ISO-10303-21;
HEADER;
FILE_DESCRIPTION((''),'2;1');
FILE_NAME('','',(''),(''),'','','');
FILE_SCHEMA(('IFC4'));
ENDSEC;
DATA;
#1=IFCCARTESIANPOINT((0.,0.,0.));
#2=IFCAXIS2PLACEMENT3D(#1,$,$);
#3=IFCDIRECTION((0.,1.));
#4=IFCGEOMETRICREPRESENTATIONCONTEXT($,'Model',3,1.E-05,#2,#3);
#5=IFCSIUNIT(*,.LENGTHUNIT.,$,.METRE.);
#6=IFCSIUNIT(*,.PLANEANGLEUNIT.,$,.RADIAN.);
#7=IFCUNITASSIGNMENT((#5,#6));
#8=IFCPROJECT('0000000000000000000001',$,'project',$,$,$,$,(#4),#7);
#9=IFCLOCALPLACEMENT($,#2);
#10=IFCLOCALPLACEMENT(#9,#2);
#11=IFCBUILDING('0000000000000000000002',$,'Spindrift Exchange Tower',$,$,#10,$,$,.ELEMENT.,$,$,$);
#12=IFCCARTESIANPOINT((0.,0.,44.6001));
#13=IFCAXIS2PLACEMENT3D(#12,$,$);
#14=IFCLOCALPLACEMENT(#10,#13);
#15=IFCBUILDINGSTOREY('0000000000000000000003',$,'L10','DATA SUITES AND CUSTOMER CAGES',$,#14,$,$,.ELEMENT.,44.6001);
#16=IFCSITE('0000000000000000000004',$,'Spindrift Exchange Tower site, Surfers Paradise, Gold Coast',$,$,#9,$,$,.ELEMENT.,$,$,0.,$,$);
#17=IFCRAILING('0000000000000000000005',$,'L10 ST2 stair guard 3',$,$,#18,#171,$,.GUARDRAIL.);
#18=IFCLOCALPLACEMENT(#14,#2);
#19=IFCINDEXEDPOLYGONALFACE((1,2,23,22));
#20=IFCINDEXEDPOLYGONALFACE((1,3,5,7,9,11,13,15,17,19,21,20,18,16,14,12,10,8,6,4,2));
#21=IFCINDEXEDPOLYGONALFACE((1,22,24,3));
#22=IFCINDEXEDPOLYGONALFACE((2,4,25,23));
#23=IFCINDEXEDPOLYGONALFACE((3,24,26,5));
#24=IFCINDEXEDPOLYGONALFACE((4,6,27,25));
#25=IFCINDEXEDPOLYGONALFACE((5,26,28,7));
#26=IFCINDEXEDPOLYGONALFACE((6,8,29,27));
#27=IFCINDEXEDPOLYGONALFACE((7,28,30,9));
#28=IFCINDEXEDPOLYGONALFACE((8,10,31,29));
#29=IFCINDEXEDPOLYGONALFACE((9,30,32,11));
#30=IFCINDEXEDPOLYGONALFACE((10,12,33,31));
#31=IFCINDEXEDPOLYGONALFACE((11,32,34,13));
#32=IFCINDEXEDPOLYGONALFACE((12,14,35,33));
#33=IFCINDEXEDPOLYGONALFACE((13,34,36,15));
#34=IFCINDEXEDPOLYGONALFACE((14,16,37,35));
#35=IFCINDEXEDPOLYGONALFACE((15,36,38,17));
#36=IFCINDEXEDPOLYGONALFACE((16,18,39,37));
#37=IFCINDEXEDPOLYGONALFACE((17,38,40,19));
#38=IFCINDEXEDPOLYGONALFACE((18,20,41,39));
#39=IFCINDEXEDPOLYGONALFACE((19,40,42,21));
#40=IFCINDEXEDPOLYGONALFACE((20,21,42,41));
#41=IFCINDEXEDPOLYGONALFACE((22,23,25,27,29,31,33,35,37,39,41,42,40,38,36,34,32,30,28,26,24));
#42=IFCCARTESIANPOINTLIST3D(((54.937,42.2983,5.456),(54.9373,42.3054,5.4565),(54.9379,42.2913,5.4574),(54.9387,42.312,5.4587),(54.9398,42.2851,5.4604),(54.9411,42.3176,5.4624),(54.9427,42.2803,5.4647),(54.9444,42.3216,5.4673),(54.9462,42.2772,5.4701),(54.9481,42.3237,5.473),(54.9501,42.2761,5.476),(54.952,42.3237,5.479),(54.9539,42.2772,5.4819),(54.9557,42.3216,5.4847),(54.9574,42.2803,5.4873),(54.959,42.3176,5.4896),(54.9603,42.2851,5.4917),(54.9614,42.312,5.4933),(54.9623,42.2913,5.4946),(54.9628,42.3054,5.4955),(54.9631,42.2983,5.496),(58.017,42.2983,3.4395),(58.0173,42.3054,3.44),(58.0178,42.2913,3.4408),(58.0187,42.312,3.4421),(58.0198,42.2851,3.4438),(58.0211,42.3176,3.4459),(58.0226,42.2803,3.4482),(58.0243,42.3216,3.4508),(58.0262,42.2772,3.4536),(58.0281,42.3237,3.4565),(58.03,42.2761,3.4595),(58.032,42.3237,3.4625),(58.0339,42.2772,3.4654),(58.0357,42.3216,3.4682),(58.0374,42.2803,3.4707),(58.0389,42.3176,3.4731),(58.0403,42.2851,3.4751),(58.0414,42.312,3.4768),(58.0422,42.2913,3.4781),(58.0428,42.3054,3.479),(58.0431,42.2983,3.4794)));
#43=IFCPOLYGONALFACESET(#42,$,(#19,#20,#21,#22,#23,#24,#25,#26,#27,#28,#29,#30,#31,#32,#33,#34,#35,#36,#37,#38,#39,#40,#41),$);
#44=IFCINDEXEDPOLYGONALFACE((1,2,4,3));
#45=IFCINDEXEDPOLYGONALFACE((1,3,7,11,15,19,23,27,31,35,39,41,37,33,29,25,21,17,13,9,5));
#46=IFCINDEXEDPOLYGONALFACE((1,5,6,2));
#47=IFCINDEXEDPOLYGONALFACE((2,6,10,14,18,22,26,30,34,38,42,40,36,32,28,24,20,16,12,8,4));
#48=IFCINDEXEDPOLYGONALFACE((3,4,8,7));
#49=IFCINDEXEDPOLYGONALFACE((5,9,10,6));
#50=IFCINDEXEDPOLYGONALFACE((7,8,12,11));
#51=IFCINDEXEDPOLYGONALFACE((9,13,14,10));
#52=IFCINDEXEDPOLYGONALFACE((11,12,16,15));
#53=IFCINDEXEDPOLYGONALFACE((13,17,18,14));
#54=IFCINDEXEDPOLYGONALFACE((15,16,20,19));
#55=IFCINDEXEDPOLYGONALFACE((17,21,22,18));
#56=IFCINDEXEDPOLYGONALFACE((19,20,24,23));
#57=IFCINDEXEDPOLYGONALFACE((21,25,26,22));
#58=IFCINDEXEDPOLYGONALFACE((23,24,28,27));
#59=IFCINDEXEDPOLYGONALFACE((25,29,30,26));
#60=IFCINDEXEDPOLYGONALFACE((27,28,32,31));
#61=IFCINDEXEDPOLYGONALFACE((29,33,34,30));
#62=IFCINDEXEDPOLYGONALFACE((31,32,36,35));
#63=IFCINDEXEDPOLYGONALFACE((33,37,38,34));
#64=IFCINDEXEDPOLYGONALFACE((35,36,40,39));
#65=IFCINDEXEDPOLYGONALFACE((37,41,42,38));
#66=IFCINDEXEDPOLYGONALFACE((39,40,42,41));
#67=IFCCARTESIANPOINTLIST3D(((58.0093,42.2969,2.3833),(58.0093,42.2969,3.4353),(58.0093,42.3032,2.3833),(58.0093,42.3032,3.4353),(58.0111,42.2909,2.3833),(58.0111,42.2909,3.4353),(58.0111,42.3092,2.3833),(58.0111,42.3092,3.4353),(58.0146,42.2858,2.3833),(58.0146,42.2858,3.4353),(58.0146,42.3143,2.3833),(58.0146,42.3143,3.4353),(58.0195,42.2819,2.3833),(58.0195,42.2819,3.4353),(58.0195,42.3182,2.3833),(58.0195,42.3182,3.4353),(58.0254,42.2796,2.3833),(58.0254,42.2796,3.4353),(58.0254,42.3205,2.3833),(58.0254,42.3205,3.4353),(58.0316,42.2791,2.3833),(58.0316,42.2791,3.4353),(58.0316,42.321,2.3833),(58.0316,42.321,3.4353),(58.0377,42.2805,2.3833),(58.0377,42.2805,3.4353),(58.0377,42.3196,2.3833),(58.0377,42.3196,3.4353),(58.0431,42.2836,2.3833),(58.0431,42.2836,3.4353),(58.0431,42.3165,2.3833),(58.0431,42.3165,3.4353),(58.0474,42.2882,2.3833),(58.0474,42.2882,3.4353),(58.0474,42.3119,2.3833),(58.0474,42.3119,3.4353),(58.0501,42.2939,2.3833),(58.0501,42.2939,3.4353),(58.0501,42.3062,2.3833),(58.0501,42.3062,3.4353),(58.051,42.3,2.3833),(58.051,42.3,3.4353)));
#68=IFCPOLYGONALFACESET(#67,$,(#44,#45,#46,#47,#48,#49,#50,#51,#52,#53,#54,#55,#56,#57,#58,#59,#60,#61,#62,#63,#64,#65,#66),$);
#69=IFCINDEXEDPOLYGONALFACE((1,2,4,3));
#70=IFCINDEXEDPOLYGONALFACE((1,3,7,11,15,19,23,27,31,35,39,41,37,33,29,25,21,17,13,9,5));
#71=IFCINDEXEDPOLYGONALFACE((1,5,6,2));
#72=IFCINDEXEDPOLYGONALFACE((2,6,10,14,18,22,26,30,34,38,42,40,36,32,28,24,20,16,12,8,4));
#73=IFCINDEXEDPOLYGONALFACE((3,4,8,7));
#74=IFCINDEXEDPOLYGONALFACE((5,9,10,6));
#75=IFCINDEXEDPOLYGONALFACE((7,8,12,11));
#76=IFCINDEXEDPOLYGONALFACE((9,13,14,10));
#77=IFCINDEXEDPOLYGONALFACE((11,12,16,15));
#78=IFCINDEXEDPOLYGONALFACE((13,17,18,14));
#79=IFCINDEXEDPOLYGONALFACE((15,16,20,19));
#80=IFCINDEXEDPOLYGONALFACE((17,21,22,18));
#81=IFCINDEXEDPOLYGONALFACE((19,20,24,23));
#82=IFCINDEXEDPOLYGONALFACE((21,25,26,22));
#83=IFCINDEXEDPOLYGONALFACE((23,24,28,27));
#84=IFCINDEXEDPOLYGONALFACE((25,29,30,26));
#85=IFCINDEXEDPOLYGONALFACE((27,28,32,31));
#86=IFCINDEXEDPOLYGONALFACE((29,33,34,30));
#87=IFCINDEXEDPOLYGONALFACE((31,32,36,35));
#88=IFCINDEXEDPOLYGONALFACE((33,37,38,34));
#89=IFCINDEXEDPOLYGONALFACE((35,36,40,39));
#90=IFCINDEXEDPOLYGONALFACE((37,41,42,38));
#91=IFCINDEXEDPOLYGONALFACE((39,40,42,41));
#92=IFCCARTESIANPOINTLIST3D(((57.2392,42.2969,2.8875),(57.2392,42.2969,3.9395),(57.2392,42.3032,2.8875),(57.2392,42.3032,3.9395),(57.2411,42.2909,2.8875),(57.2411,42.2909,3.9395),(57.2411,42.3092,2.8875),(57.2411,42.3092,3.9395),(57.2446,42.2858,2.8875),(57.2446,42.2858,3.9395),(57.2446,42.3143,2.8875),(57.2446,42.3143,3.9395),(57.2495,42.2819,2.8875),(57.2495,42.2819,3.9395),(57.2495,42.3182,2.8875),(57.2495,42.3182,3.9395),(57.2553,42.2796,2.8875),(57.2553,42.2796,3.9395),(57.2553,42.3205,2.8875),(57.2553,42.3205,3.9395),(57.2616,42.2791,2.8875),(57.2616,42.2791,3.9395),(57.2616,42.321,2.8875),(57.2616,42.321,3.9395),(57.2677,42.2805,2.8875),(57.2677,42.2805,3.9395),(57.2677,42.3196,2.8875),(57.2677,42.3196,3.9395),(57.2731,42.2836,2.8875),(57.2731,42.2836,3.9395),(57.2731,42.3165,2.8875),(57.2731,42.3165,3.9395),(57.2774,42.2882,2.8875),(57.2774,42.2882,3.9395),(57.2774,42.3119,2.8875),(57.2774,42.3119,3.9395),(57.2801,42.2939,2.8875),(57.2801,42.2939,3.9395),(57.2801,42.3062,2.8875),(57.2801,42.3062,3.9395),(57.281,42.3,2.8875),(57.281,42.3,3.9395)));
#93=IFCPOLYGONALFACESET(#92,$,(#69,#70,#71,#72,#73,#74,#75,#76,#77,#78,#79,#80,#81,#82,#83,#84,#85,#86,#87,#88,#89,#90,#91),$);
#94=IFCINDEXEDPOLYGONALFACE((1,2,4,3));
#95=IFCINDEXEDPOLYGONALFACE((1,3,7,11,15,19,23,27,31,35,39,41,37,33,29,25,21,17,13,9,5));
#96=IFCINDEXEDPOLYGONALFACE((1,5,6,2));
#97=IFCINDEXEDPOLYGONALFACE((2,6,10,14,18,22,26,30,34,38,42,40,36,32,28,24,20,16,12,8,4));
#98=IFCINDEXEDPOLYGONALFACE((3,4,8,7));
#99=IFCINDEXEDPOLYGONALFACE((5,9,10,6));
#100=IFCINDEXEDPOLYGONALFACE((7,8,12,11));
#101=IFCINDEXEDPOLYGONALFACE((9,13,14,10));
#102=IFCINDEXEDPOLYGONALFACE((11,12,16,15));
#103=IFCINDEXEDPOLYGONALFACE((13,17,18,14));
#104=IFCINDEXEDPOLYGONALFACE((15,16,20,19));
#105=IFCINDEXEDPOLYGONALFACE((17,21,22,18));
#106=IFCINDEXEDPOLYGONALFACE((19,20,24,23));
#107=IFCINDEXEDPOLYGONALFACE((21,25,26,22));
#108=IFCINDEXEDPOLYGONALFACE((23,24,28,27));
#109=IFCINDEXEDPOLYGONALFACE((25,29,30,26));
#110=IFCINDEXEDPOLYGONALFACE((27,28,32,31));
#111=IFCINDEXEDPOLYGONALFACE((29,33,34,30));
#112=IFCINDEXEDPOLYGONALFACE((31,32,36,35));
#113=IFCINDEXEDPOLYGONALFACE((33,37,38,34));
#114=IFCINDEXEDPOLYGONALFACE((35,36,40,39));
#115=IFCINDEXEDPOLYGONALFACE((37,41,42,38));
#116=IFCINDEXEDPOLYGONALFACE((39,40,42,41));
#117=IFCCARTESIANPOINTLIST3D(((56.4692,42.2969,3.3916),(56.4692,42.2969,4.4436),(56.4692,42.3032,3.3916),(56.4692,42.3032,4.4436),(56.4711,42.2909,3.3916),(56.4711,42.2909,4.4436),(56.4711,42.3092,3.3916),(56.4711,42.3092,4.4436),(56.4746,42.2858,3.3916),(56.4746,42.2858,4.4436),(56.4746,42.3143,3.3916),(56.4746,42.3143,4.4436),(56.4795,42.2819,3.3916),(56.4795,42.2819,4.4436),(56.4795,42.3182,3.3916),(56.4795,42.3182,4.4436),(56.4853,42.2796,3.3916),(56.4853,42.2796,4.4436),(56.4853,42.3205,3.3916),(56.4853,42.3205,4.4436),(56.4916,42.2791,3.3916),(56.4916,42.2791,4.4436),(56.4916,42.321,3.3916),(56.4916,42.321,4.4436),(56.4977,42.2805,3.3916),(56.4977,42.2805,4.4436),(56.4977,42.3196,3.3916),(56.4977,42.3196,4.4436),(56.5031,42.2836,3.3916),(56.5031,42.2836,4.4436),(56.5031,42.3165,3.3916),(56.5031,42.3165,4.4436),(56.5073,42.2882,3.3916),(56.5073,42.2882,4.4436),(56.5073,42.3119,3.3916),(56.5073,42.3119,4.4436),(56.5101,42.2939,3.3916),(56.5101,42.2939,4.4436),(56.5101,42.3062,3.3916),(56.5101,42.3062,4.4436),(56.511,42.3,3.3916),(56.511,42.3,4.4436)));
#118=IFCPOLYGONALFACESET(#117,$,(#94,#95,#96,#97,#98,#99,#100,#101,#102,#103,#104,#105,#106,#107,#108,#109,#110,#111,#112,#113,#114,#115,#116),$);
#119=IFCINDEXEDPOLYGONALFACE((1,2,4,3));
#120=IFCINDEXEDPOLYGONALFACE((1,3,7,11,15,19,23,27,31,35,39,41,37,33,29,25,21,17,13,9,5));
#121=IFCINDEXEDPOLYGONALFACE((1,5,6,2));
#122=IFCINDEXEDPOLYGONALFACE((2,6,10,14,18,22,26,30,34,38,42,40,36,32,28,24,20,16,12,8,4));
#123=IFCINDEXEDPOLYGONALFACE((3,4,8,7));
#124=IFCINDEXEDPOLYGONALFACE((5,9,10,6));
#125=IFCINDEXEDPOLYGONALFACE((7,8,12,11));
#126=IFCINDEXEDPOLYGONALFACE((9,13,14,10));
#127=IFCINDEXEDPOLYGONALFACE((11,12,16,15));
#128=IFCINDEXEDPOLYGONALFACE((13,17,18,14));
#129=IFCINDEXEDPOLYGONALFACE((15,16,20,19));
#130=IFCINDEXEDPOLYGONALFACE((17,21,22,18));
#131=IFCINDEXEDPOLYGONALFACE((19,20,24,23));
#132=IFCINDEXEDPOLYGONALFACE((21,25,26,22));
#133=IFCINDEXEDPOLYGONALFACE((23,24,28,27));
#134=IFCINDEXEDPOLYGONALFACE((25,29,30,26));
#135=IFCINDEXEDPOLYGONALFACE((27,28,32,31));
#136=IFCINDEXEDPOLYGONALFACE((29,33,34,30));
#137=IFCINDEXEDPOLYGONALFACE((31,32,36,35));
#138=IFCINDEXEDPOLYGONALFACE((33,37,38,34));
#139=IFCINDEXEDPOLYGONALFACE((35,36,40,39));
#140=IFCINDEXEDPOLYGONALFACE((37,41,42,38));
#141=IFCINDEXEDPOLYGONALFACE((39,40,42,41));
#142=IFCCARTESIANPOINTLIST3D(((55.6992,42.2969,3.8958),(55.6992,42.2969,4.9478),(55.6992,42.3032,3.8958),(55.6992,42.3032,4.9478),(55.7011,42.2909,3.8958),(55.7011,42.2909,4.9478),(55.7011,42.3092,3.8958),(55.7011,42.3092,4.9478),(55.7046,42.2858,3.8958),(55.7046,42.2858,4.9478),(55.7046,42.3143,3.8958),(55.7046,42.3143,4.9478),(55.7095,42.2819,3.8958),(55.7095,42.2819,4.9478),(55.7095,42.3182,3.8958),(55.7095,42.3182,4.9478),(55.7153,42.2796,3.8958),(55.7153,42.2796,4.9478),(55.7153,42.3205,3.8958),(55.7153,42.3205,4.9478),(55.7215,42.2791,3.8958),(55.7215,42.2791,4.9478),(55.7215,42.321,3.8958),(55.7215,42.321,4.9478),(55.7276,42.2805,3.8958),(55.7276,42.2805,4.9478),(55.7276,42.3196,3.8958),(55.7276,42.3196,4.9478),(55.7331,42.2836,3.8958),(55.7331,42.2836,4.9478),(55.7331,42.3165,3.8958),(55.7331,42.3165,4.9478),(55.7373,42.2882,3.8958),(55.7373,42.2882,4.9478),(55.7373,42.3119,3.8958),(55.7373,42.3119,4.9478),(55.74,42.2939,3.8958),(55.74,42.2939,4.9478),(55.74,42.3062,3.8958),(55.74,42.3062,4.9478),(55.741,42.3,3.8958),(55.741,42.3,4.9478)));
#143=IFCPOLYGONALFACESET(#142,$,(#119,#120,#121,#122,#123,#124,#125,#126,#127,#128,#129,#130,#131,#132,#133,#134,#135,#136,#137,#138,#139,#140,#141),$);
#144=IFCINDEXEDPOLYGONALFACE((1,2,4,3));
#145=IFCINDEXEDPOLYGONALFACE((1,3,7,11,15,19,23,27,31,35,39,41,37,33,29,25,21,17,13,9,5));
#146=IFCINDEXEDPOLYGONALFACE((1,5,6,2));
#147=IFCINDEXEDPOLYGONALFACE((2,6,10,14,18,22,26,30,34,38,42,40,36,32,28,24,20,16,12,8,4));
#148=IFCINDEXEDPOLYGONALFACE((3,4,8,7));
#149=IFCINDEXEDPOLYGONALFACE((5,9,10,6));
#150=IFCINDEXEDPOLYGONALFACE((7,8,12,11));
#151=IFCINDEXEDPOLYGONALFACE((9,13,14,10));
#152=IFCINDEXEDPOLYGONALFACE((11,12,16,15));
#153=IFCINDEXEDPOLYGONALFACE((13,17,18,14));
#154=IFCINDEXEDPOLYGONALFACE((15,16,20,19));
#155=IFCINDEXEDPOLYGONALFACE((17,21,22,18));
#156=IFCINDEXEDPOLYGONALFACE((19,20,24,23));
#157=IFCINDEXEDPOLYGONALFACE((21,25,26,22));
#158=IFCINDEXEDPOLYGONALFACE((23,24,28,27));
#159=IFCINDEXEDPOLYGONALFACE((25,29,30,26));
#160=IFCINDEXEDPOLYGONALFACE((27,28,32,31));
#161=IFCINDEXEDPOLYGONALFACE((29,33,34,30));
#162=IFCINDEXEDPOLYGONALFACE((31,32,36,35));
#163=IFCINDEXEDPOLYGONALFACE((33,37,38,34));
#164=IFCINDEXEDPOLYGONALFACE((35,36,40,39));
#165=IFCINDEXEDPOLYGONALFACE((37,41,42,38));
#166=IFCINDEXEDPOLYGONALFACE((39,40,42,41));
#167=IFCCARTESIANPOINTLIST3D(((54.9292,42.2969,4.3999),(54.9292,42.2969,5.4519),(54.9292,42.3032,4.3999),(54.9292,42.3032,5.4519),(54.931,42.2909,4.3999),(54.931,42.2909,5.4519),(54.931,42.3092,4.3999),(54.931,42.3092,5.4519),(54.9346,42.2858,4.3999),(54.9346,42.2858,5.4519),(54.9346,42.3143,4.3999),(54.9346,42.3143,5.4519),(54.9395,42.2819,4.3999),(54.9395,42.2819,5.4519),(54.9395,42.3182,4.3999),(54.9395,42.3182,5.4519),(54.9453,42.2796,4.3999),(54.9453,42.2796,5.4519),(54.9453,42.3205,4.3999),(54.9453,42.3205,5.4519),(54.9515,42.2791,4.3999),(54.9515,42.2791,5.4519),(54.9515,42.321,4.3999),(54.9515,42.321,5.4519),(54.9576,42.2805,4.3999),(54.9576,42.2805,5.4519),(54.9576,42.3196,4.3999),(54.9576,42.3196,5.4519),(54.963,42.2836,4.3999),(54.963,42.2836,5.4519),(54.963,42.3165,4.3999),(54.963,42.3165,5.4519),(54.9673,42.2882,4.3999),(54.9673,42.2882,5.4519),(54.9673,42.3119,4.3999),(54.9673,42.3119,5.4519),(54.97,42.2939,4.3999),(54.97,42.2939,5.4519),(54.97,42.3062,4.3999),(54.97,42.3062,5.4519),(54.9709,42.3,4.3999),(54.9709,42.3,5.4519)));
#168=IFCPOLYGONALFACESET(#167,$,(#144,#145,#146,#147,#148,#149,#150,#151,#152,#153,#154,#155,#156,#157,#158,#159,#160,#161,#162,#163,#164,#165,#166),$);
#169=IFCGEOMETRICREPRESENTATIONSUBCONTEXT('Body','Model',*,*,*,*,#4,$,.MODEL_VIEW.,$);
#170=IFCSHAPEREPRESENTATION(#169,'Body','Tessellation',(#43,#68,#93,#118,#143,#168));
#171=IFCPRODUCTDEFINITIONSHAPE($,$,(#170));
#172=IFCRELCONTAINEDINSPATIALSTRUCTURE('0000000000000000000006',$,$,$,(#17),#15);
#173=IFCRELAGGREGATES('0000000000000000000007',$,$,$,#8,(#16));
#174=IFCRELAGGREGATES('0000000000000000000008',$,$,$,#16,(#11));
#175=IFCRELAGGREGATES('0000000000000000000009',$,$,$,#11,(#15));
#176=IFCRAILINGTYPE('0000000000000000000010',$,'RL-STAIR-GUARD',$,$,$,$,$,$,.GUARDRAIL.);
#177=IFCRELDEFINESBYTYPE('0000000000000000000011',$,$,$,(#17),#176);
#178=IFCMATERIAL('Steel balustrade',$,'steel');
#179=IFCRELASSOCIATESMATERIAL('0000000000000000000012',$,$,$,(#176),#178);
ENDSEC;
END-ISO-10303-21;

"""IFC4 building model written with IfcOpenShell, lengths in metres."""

from ifc_helpers import new_model, si_unit, direction, frame, origin, origin_2d, place, context, subcontext, project, spatial, circle, extrude, material, type_object, element, save


model = new_model("IFC4")

# Units and contexts
model_context = context("Model", 3, precision=1e-05, world=origin(), true_north=direction((0.0, 1.0)))
body_context = subcontext(model_context, "Body", "Model", "MODEL_VIEW")
ifc_project = project(units=[si_unit("LENGTHUNIT", "METRE"), si_unit("PLANEANGLEUNIT", "RADIAN")], contexts=[model_context])

# Site, building, storey
site_placement = place(None, origin())
site = spatial("IfcSite", under=ifc_project, at=site_placement, Name="Spindrift Exchange Tower site, Surfers Paradise, Gold Coast", CompositionType="ELEMENT", RefElevation=0.0)
building_placement = place(site_placement, origin())
building = spatial("IfcBuilding", under=site, at=building_placement, Name="Spindrift Exchange Tower", CompositionType="ELEMENT")
storey_placement = place(building_placement, frame((0.0, 0.0, 44.6001)))
storey = spatial("IfcBuildingStorey", under=building, at=storey_placement, Name="L10", Description="DATA SUITES AND CUSTOMER CAGES", CompositionType="ELEMENT", Elevation=44.6001)

# Railing
ifc_material_1 = material(Name="Steel balustrade", Category="steel")
railing_type_1 = type_object("IfcRailingType", Name="RL-STAIR-GUARD", PredefinedType="GUARDRAIL", material=ifc_material_1)
railing_1_placement = place(storey_placement, frame((58.03, 42.3, 2.3833)))
element("IfcRailing", 1, at=railing_1_placement, inside=storey, type_object=railing_type_1, Name="L10 ST2 stair guard 3", PredefinedType="GUARDRAIL", context=body_context, shape_type="SweptSolid", body=[
    extrude(circle(Radius=0.0239, at=origin_2d()), frame((0.0, 0.0, 1.0762), z_axis=(-0.836633, 0.0, 0.547764), x_axis=(0.0, -1.0, 0.0)), (0.0, 0.0, 1.0), 3.6814),
    extrude(circle(Radius=0.021, at=origin_2d()), origin(), (0.0, 0.0, 1.0), 1.052),
    extrude(circle(Radius=0.021, at=origin_2d()), frame((-0.77, 0.0, 0.5042)), (0.0, 0.0, 1.0), 1.052),
    extrude(circle(Radius=0.021, at=origin_2d()), frame((-1.54, 0.0, 1.0083)), (0.0, 0.0, 1.0), 1.052),
    extrude(circle(Radius=0.021, at=origin_2d()), frame((-2.3101, 0.0, 1.5125)), (0.0, 0.0, 1.0), 1.052),
    extrude(circle(Radius=0.021, at=origin_2d()), frame((-3.0801, 0.0, 2.0166)), (0.0, 0.0, 1.0), 1.052),
])

save(model, "model.ifc")
